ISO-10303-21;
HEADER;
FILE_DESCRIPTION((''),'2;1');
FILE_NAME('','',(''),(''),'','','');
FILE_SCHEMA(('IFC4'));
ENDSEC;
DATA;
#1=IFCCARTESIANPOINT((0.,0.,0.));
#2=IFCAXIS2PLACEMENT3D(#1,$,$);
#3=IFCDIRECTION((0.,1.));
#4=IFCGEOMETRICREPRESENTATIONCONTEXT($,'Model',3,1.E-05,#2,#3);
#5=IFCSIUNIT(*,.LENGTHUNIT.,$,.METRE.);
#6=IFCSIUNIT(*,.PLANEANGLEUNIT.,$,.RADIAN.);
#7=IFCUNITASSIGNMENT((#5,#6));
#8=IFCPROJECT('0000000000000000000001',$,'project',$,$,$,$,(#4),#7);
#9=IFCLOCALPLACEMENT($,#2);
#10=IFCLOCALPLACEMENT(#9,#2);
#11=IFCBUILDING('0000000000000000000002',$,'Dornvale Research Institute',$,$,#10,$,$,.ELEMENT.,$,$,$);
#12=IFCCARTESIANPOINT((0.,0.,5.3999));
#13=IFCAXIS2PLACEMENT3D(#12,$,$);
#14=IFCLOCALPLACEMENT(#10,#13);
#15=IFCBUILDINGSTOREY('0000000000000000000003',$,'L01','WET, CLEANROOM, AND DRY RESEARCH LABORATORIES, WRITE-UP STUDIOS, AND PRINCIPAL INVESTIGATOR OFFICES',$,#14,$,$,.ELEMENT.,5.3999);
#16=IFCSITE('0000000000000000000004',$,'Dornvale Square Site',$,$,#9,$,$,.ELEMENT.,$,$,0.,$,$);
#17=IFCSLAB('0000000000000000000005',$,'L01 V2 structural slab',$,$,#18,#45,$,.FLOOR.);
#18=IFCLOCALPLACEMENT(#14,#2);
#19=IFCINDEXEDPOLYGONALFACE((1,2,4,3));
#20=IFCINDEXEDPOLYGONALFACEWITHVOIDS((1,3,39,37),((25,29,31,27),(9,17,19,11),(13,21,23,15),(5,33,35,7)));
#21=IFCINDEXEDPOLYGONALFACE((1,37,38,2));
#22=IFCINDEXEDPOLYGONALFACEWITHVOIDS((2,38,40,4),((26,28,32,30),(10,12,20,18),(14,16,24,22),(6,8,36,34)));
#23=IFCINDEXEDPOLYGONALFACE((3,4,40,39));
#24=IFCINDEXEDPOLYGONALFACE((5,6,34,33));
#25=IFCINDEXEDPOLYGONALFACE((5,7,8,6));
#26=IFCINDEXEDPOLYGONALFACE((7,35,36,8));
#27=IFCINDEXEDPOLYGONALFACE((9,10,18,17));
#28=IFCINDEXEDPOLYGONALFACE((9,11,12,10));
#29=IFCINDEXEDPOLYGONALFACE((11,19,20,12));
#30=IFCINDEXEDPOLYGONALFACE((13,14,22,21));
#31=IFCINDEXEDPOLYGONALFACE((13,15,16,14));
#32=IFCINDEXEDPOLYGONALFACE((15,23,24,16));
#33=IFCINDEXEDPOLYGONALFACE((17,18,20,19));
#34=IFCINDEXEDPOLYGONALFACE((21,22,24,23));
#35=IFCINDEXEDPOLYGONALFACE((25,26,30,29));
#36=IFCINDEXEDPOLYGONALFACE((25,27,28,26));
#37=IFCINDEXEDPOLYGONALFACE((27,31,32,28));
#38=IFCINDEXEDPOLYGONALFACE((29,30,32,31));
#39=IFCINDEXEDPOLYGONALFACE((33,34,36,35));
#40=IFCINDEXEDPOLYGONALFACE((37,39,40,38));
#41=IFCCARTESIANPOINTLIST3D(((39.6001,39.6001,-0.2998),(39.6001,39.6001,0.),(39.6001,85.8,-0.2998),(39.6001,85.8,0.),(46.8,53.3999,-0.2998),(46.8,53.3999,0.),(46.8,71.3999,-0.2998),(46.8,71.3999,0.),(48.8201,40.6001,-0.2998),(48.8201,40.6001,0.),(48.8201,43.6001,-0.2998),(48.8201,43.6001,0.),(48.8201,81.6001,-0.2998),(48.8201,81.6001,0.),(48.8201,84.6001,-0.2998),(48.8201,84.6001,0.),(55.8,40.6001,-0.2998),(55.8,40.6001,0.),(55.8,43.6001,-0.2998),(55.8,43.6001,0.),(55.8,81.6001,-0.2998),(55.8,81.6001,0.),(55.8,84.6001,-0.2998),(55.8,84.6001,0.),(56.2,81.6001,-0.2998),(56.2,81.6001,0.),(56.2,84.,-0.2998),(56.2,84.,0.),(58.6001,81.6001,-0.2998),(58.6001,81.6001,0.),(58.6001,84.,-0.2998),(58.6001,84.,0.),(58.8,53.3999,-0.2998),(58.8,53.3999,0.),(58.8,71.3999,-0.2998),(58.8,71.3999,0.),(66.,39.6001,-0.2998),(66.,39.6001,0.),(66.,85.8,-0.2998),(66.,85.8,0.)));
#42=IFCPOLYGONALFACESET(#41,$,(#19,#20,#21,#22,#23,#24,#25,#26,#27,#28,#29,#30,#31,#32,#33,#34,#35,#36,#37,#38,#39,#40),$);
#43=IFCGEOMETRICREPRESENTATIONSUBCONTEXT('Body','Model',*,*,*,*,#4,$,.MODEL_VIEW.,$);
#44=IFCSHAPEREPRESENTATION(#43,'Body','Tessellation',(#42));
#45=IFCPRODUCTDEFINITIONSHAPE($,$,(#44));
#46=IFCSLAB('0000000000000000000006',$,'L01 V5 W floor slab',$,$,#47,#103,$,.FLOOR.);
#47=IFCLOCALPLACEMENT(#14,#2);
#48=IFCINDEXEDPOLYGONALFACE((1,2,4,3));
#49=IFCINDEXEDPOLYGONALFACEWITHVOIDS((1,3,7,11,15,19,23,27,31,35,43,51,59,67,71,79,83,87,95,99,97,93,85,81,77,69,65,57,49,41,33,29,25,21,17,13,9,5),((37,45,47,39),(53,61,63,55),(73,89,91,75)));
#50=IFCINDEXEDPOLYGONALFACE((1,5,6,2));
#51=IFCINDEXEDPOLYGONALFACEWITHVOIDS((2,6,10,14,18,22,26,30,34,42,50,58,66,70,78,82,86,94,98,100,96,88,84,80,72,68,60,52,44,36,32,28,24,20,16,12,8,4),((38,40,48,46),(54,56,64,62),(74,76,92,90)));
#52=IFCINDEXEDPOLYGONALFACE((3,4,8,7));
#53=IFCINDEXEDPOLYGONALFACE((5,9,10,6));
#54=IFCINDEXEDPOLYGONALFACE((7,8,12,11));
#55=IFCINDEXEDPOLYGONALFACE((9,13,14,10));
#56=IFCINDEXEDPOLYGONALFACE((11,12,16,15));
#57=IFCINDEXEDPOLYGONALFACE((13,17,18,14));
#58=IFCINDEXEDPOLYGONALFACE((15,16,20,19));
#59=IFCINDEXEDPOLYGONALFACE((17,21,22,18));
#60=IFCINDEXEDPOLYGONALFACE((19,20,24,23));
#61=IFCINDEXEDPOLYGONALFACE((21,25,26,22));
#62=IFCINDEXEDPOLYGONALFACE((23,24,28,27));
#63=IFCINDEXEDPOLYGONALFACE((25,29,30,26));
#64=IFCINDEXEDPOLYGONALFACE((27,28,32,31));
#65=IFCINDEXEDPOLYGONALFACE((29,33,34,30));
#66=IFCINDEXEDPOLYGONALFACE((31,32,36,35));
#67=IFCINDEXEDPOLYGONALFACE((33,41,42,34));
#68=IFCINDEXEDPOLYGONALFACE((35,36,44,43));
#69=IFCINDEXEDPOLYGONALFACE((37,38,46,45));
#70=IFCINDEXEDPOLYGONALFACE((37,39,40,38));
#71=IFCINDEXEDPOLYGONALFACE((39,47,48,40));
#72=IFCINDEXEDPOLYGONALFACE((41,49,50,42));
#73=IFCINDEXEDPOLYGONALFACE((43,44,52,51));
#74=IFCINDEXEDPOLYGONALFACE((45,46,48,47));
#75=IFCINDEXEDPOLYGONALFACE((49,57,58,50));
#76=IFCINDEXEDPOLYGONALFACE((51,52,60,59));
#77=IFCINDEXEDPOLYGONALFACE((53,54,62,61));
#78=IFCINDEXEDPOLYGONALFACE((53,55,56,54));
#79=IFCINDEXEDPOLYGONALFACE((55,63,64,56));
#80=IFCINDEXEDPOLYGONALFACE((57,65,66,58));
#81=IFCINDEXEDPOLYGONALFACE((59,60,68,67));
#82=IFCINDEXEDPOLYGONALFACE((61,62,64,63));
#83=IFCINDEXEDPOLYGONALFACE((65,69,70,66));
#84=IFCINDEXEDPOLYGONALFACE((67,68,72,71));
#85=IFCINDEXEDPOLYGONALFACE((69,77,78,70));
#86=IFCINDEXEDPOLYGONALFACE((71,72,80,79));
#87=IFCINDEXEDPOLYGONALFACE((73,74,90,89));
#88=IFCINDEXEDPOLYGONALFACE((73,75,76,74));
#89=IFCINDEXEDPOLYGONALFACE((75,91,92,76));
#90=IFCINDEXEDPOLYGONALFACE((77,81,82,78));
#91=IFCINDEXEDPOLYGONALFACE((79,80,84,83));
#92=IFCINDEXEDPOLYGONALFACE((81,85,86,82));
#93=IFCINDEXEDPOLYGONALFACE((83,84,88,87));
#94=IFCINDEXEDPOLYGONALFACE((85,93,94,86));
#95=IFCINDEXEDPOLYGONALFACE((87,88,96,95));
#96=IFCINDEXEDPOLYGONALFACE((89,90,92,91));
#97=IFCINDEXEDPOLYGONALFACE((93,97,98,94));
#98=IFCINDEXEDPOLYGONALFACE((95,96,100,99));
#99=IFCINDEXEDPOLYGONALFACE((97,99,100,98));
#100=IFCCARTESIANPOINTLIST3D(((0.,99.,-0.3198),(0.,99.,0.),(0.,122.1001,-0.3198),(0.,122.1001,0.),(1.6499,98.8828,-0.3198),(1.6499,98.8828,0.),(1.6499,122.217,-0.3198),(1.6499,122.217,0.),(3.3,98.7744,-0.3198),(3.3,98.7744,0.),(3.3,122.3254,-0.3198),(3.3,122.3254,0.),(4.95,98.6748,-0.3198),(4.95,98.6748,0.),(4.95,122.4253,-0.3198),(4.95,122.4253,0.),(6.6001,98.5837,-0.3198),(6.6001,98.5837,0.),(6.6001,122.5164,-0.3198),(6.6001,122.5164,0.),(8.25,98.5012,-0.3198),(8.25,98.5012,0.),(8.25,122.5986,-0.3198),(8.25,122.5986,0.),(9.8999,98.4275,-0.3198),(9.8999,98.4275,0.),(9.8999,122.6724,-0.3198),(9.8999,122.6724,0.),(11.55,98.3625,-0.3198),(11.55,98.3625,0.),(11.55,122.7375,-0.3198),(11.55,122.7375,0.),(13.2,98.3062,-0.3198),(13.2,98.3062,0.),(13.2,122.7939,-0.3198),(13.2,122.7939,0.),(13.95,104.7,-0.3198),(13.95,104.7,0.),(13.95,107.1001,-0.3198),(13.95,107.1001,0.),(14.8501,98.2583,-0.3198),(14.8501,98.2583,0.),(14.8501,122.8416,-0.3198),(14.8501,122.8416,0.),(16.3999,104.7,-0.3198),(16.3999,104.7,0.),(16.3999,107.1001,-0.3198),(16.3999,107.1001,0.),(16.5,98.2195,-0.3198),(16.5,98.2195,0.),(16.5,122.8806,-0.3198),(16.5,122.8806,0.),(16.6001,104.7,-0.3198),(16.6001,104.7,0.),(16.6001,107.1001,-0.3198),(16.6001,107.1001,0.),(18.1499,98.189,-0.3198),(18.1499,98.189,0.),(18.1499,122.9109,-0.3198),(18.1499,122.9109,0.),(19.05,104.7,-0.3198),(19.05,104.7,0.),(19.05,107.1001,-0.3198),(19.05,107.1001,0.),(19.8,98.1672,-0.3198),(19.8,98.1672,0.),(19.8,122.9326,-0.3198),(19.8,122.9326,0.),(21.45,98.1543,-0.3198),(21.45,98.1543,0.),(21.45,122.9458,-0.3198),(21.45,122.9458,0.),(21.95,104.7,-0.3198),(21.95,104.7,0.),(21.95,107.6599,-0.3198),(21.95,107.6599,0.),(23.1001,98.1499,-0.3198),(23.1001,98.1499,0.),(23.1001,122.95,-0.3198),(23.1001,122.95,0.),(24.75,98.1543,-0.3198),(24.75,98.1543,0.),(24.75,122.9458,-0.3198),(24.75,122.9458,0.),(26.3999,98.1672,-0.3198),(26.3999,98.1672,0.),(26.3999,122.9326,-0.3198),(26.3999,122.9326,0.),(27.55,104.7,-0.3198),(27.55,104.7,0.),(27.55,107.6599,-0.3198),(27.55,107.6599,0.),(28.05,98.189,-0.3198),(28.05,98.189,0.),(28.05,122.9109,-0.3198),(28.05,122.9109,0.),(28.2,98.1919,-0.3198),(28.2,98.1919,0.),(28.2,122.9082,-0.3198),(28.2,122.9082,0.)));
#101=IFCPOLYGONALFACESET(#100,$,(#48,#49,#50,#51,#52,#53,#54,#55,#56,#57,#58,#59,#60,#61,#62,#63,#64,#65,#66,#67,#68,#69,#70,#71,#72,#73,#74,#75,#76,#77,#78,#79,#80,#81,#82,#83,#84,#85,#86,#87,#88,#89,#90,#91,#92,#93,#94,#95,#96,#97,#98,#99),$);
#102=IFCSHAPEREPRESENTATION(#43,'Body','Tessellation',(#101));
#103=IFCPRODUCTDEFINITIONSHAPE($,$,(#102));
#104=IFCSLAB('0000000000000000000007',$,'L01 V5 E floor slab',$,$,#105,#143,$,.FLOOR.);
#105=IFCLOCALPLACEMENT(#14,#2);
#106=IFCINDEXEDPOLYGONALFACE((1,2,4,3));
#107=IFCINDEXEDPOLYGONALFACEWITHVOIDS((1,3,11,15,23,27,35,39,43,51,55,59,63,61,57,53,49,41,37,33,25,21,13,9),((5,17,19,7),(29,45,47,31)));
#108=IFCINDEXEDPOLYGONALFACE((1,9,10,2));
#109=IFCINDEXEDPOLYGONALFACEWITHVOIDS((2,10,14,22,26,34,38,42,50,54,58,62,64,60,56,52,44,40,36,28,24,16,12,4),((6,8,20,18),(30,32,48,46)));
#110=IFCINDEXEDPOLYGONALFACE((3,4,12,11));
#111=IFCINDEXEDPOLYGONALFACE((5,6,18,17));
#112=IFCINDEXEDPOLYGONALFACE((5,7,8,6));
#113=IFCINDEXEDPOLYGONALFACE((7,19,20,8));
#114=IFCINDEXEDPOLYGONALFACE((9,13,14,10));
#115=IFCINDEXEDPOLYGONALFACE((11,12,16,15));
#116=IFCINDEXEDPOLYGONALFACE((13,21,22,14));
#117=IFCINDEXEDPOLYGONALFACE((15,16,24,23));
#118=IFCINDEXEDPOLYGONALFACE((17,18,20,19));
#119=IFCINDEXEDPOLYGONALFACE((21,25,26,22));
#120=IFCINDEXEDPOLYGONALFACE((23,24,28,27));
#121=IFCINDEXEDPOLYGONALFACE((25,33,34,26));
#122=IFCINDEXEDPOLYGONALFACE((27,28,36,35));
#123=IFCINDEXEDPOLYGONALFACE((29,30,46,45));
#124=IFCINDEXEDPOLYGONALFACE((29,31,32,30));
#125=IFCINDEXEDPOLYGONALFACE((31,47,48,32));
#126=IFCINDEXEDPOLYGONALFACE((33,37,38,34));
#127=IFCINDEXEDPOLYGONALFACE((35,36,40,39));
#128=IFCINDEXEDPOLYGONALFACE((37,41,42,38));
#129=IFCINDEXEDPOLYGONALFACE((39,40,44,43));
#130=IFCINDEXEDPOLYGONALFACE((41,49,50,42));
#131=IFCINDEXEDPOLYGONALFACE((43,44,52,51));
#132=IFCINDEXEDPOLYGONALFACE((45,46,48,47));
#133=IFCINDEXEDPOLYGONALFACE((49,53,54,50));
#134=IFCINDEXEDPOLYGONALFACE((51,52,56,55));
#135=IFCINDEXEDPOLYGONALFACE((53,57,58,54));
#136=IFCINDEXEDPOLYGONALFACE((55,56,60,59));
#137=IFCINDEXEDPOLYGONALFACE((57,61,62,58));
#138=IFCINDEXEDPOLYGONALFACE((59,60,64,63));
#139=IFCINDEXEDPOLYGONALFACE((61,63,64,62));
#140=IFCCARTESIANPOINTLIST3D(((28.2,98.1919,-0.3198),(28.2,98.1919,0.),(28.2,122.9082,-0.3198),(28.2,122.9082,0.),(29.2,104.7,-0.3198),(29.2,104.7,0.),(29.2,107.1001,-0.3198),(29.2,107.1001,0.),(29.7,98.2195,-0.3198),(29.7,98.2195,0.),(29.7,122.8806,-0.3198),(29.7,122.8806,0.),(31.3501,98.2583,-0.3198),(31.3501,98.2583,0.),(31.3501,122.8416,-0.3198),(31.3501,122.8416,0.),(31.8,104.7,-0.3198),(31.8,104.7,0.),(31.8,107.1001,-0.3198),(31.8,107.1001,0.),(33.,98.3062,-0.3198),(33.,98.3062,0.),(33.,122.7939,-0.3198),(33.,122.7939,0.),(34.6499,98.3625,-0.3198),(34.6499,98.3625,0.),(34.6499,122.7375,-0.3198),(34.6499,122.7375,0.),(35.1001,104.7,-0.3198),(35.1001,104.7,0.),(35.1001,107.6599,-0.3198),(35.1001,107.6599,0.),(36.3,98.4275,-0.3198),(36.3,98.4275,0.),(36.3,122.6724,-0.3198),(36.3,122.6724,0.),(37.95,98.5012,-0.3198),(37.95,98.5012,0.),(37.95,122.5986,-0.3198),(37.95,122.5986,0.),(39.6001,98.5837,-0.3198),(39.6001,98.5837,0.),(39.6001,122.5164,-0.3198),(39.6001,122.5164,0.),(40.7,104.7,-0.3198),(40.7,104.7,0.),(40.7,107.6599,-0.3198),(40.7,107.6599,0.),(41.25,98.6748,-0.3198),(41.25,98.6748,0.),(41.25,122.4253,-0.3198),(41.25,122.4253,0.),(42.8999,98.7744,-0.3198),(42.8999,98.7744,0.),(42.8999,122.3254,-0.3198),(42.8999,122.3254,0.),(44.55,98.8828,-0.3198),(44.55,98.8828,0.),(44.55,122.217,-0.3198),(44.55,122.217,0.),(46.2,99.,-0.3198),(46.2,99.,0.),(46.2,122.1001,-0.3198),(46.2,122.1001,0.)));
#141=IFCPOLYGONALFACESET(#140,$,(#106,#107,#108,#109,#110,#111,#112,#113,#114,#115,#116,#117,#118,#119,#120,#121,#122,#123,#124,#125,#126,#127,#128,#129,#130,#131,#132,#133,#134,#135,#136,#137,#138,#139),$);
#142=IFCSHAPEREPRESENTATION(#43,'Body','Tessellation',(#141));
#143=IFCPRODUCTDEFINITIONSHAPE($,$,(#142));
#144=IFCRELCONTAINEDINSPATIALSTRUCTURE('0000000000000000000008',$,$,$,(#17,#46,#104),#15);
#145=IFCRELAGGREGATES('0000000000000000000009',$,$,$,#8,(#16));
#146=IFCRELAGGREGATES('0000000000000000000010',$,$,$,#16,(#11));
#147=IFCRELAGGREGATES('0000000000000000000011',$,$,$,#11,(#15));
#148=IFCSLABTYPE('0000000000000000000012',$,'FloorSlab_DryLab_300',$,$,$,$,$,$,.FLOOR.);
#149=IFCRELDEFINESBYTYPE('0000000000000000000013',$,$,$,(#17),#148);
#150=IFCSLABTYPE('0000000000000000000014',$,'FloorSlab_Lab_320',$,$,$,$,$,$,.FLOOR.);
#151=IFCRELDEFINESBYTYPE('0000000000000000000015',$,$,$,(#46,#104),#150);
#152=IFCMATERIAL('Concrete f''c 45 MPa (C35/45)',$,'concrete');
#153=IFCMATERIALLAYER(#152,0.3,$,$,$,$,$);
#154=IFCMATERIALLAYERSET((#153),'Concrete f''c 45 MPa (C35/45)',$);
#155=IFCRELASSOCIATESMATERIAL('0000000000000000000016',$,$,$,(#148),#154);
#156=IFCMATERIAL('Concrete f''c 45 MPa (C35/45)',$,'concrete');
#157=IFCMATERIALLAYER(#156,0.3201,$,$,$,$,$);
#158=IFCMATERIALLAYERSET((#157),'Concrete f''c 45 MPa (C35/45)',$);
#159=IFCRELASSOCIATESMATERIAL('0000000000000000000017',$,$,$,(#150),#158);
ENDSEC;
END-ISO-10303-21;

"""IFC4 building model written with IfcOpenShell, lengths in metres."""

from ifc_helpers import new_model, si_unit, direction, frame, origin, place, context, subcontext, project, spatial, polyline, outline, extrude, material, layer, layer_set, type_object, element, save


model = new_model("IFC4")

# Units and contexts
model_context = context("Model", 3, precision=1e-05, world=origin(), true_north=direction((0.0, 1.0)))
body_context = subcontext(model_context, "Body", "Model", "MODEL_VIEW")
ifc_project = project(units=[si_unit("LENGTHUNIT", "METRE"), si_unit("PLANEANGLEUNIT", "RADIAN")], contexts=[model_context])

# Site, building, storey
site_placement = place(None, origin())
site = spatial("IfcSite", under=ifc_project, at=site_placement, Name="Dornvale Square Site", CompositionType="ELEMENT", RefElevation=0.0)
building_placement = place(site_placement, origin())
building = spatial("IfcBuilding", under=site, at=building_placement, Name="Dornvale Research Institute", CompositionType="ELEMENT")
storey_placement = place(building_placement, frame((0.0, 0.0, 5.3999)))
storey = spatial("IfcBuildingStorey", under=building, at=storey_placement, Name="L01", Description="WET, CLEANROOM, AND DRY RESEARCH LABORATORIES, WRITE-UP STUDIOS, AND PRINCIPAL INVESTIGATOR OFFICES", CompositionType="ELEMENT", Elevation=5.3999)

# Slabs
ifc_material_1 = material(Name="Concrete f'c 45 MPa (C35/45)", Category="concrete")
ifc_layer_1 = layer(ifc_material_1, 0.3)
ifc_layer_set_1 = layer_set([ifc_layer_1], Name="Concrete f'c 45 MPa (C35/45)")
slab_type_1 = type_object("IfcSlabType", Name="FloorSlab_DryLab_300", PredefinedType="FLOOR", material=ifc_layer_set_1)
slab_1_placement = place(storey_placement, frame((0.0, 0.0, -0.2998)))
element("IfcSlab", 1, at=slab_1_placement, inside=storey, type_object=slab_type_1, Name="L01 V2 structural slab", PredefinedType="FLOOR", context=body_context, shape_type="SweptSolid", body=[
    extrude(outline(polyline([(39.6001, 39.6001), (66.0, 39.6001), (66.0, 85.8), (39.6001, 85.8), (39.6001, 39.6001)]), holes=[polyline([(48.8201, 40.6001), (55.8, 40.6001), (55.8, 43.6001), (48.8201, 43.6001), (48.8201, 40.6001)]), polyline([(48.8201, 81.6001), (55.8, 81.6001), (55.8, 84.6001), (48.8201, 84.6001), (48.8201, 81.6001)]), polyline([(56.2, 81.6001), (58.6001, 81.6001), (58.6001, 84.0), (56.2, 84.0), (56.2, 81.6001)]), polyline([(46.8, 53.3999), (58.8, 53.3999), (58.8, 71.3999), (46.8, 71.3999), (46.8, 53.3999)])]), origin(), (0.0, 0.0, 1.0), 0.2998),
])
ifc_material_2 = material(Name="Concrete f'c 45 MPa (C35/45)", Category="concrete")
ifc_layer_2 = layer(ifc_material_2, 0.3201)
ifc_layer_set_2 = layer_set([ifc_layer_2], Name="Concrete f'c 45 MPa (C35/45)")
slab_type_2 = type_object("IfcSlabType", Name="FloorSlab_Lab_320", PredefinedType="FLOOR", material=ifc_layer_set_2)
slab_2_placement = place(storey_placement, frame((0.0, 0.0, -0.3198)))
element("IfcSlab", 2, at=slab_2_placement, inside=storey, type_object=slab_type_2, Name="L01 V5 W floor slab", PredefinedType="FLOOR", context=body_context, shape_type="SweptSolid", body=[
    extrude(outline(polyline([(28.05, 98.189), (26.3999, 98.1672), (24.75, 98.1543), (23.1001, 98.1499), (21.45, 98.1543), (19.8, 98.1672), (18.1499, 98.189), (16.5, 98.2195), (14.8501, 98.2583), (13.2, 98.3062), (11.55, 98.3625), (9.8999, 98.4275), (8.25, 98.5012), (6.6001, 98.5837), (4.95, 98.6748), (3.3, 98.7744), (1.6499, 98.8828), (0.0, 99.0), (0.0, 122.1001), (1.6499, 122.217), (3.3, 122.3254), (4.95, 122.4253), (6.6001, 122.5164), (8.25, 122.5986), (9.8999, 122.6724), (11.55, 122.7375), (13.2, 122.7939), (14.8501, 122.8416), (16.5, 122.8806), (18.1499, 122.9109), (19.8, 122.9326), (21.45, 122.9458), (23.1001, 122.95), (24.75, 122.9458), (26.3999, 122.9326), (28.05, 122.9109), (28.2, 122.9082), (28.2, 98.1919), (28.05, 98.189)]), holes=[polyline([(21.95, 104.7), (27.55, 104.7), (27.55, 107.6599), (21.95, 107.6599), (21.95, 104.7)]), polyline([(13.95, 104.7), (16.3999, 104.7), (16.3999, 107.1001), (13.95, 107.1001), (13.95, 104.7)]), polyline([(16.6001, 104.7), (19.05, 104.7), (19.05, 107.1001), (16.6001, 107.1001), (16.6001, 104.7)])]), origin(), (0.0, 0.0, 1.0), 0.3198),
])
slab_3_placement = place(storey_placement, frame((0.0, 0.0, -0.3198)))
element("IfcSlab", 3, at=slab_3_placement, inside=storey, type_object=slab_type_2, Name="L01 V5 E floor slab", PredefinedType="FLOOR", context=body_context, shape_type="SweptSolid", body=[
    extrude(outline(polyline([(29.7, 122.8806), (31.3501, 122.8416), (33.0, 122.7939), (34.6499, 122.7375), (36.3, 122.6724), (37.95, 122.5986), (39.6001, 122.5164), (41.25, 122.4253), (42.8999, 122.3254), (44.55, 122.217), (46.2, 122.1001), (46.2, 99.0), (44.55, 98.8828), (42.8999, 98.7744), (41.25, 98.6748), (39.6001, 98.5837), (37.95, 98.5012), (36.3, 98.4275), (34.6499, 98.3625), (33.0, 98.3062), (31.3501, 98.2583), (29.7, 98.2195), (28.2, 98.1919), (28.2, 122.9082), (29.7, 122.8806)]), holes=[polyline([(35.1001, 104.7), (40.7, 104.7), (40.7, 107.6599), (35.1001, 107.6599), (35.1001, 104.7)]), polyline([(29.2, 104.7), (31.8, 104.7), (31.8, 107.1001), (29.2, 107.1001), (29.2, 104.7)])]), origin(), (0.0, 0.0, 1.0), 0.3198),
])

save(model, "model.ifc")
